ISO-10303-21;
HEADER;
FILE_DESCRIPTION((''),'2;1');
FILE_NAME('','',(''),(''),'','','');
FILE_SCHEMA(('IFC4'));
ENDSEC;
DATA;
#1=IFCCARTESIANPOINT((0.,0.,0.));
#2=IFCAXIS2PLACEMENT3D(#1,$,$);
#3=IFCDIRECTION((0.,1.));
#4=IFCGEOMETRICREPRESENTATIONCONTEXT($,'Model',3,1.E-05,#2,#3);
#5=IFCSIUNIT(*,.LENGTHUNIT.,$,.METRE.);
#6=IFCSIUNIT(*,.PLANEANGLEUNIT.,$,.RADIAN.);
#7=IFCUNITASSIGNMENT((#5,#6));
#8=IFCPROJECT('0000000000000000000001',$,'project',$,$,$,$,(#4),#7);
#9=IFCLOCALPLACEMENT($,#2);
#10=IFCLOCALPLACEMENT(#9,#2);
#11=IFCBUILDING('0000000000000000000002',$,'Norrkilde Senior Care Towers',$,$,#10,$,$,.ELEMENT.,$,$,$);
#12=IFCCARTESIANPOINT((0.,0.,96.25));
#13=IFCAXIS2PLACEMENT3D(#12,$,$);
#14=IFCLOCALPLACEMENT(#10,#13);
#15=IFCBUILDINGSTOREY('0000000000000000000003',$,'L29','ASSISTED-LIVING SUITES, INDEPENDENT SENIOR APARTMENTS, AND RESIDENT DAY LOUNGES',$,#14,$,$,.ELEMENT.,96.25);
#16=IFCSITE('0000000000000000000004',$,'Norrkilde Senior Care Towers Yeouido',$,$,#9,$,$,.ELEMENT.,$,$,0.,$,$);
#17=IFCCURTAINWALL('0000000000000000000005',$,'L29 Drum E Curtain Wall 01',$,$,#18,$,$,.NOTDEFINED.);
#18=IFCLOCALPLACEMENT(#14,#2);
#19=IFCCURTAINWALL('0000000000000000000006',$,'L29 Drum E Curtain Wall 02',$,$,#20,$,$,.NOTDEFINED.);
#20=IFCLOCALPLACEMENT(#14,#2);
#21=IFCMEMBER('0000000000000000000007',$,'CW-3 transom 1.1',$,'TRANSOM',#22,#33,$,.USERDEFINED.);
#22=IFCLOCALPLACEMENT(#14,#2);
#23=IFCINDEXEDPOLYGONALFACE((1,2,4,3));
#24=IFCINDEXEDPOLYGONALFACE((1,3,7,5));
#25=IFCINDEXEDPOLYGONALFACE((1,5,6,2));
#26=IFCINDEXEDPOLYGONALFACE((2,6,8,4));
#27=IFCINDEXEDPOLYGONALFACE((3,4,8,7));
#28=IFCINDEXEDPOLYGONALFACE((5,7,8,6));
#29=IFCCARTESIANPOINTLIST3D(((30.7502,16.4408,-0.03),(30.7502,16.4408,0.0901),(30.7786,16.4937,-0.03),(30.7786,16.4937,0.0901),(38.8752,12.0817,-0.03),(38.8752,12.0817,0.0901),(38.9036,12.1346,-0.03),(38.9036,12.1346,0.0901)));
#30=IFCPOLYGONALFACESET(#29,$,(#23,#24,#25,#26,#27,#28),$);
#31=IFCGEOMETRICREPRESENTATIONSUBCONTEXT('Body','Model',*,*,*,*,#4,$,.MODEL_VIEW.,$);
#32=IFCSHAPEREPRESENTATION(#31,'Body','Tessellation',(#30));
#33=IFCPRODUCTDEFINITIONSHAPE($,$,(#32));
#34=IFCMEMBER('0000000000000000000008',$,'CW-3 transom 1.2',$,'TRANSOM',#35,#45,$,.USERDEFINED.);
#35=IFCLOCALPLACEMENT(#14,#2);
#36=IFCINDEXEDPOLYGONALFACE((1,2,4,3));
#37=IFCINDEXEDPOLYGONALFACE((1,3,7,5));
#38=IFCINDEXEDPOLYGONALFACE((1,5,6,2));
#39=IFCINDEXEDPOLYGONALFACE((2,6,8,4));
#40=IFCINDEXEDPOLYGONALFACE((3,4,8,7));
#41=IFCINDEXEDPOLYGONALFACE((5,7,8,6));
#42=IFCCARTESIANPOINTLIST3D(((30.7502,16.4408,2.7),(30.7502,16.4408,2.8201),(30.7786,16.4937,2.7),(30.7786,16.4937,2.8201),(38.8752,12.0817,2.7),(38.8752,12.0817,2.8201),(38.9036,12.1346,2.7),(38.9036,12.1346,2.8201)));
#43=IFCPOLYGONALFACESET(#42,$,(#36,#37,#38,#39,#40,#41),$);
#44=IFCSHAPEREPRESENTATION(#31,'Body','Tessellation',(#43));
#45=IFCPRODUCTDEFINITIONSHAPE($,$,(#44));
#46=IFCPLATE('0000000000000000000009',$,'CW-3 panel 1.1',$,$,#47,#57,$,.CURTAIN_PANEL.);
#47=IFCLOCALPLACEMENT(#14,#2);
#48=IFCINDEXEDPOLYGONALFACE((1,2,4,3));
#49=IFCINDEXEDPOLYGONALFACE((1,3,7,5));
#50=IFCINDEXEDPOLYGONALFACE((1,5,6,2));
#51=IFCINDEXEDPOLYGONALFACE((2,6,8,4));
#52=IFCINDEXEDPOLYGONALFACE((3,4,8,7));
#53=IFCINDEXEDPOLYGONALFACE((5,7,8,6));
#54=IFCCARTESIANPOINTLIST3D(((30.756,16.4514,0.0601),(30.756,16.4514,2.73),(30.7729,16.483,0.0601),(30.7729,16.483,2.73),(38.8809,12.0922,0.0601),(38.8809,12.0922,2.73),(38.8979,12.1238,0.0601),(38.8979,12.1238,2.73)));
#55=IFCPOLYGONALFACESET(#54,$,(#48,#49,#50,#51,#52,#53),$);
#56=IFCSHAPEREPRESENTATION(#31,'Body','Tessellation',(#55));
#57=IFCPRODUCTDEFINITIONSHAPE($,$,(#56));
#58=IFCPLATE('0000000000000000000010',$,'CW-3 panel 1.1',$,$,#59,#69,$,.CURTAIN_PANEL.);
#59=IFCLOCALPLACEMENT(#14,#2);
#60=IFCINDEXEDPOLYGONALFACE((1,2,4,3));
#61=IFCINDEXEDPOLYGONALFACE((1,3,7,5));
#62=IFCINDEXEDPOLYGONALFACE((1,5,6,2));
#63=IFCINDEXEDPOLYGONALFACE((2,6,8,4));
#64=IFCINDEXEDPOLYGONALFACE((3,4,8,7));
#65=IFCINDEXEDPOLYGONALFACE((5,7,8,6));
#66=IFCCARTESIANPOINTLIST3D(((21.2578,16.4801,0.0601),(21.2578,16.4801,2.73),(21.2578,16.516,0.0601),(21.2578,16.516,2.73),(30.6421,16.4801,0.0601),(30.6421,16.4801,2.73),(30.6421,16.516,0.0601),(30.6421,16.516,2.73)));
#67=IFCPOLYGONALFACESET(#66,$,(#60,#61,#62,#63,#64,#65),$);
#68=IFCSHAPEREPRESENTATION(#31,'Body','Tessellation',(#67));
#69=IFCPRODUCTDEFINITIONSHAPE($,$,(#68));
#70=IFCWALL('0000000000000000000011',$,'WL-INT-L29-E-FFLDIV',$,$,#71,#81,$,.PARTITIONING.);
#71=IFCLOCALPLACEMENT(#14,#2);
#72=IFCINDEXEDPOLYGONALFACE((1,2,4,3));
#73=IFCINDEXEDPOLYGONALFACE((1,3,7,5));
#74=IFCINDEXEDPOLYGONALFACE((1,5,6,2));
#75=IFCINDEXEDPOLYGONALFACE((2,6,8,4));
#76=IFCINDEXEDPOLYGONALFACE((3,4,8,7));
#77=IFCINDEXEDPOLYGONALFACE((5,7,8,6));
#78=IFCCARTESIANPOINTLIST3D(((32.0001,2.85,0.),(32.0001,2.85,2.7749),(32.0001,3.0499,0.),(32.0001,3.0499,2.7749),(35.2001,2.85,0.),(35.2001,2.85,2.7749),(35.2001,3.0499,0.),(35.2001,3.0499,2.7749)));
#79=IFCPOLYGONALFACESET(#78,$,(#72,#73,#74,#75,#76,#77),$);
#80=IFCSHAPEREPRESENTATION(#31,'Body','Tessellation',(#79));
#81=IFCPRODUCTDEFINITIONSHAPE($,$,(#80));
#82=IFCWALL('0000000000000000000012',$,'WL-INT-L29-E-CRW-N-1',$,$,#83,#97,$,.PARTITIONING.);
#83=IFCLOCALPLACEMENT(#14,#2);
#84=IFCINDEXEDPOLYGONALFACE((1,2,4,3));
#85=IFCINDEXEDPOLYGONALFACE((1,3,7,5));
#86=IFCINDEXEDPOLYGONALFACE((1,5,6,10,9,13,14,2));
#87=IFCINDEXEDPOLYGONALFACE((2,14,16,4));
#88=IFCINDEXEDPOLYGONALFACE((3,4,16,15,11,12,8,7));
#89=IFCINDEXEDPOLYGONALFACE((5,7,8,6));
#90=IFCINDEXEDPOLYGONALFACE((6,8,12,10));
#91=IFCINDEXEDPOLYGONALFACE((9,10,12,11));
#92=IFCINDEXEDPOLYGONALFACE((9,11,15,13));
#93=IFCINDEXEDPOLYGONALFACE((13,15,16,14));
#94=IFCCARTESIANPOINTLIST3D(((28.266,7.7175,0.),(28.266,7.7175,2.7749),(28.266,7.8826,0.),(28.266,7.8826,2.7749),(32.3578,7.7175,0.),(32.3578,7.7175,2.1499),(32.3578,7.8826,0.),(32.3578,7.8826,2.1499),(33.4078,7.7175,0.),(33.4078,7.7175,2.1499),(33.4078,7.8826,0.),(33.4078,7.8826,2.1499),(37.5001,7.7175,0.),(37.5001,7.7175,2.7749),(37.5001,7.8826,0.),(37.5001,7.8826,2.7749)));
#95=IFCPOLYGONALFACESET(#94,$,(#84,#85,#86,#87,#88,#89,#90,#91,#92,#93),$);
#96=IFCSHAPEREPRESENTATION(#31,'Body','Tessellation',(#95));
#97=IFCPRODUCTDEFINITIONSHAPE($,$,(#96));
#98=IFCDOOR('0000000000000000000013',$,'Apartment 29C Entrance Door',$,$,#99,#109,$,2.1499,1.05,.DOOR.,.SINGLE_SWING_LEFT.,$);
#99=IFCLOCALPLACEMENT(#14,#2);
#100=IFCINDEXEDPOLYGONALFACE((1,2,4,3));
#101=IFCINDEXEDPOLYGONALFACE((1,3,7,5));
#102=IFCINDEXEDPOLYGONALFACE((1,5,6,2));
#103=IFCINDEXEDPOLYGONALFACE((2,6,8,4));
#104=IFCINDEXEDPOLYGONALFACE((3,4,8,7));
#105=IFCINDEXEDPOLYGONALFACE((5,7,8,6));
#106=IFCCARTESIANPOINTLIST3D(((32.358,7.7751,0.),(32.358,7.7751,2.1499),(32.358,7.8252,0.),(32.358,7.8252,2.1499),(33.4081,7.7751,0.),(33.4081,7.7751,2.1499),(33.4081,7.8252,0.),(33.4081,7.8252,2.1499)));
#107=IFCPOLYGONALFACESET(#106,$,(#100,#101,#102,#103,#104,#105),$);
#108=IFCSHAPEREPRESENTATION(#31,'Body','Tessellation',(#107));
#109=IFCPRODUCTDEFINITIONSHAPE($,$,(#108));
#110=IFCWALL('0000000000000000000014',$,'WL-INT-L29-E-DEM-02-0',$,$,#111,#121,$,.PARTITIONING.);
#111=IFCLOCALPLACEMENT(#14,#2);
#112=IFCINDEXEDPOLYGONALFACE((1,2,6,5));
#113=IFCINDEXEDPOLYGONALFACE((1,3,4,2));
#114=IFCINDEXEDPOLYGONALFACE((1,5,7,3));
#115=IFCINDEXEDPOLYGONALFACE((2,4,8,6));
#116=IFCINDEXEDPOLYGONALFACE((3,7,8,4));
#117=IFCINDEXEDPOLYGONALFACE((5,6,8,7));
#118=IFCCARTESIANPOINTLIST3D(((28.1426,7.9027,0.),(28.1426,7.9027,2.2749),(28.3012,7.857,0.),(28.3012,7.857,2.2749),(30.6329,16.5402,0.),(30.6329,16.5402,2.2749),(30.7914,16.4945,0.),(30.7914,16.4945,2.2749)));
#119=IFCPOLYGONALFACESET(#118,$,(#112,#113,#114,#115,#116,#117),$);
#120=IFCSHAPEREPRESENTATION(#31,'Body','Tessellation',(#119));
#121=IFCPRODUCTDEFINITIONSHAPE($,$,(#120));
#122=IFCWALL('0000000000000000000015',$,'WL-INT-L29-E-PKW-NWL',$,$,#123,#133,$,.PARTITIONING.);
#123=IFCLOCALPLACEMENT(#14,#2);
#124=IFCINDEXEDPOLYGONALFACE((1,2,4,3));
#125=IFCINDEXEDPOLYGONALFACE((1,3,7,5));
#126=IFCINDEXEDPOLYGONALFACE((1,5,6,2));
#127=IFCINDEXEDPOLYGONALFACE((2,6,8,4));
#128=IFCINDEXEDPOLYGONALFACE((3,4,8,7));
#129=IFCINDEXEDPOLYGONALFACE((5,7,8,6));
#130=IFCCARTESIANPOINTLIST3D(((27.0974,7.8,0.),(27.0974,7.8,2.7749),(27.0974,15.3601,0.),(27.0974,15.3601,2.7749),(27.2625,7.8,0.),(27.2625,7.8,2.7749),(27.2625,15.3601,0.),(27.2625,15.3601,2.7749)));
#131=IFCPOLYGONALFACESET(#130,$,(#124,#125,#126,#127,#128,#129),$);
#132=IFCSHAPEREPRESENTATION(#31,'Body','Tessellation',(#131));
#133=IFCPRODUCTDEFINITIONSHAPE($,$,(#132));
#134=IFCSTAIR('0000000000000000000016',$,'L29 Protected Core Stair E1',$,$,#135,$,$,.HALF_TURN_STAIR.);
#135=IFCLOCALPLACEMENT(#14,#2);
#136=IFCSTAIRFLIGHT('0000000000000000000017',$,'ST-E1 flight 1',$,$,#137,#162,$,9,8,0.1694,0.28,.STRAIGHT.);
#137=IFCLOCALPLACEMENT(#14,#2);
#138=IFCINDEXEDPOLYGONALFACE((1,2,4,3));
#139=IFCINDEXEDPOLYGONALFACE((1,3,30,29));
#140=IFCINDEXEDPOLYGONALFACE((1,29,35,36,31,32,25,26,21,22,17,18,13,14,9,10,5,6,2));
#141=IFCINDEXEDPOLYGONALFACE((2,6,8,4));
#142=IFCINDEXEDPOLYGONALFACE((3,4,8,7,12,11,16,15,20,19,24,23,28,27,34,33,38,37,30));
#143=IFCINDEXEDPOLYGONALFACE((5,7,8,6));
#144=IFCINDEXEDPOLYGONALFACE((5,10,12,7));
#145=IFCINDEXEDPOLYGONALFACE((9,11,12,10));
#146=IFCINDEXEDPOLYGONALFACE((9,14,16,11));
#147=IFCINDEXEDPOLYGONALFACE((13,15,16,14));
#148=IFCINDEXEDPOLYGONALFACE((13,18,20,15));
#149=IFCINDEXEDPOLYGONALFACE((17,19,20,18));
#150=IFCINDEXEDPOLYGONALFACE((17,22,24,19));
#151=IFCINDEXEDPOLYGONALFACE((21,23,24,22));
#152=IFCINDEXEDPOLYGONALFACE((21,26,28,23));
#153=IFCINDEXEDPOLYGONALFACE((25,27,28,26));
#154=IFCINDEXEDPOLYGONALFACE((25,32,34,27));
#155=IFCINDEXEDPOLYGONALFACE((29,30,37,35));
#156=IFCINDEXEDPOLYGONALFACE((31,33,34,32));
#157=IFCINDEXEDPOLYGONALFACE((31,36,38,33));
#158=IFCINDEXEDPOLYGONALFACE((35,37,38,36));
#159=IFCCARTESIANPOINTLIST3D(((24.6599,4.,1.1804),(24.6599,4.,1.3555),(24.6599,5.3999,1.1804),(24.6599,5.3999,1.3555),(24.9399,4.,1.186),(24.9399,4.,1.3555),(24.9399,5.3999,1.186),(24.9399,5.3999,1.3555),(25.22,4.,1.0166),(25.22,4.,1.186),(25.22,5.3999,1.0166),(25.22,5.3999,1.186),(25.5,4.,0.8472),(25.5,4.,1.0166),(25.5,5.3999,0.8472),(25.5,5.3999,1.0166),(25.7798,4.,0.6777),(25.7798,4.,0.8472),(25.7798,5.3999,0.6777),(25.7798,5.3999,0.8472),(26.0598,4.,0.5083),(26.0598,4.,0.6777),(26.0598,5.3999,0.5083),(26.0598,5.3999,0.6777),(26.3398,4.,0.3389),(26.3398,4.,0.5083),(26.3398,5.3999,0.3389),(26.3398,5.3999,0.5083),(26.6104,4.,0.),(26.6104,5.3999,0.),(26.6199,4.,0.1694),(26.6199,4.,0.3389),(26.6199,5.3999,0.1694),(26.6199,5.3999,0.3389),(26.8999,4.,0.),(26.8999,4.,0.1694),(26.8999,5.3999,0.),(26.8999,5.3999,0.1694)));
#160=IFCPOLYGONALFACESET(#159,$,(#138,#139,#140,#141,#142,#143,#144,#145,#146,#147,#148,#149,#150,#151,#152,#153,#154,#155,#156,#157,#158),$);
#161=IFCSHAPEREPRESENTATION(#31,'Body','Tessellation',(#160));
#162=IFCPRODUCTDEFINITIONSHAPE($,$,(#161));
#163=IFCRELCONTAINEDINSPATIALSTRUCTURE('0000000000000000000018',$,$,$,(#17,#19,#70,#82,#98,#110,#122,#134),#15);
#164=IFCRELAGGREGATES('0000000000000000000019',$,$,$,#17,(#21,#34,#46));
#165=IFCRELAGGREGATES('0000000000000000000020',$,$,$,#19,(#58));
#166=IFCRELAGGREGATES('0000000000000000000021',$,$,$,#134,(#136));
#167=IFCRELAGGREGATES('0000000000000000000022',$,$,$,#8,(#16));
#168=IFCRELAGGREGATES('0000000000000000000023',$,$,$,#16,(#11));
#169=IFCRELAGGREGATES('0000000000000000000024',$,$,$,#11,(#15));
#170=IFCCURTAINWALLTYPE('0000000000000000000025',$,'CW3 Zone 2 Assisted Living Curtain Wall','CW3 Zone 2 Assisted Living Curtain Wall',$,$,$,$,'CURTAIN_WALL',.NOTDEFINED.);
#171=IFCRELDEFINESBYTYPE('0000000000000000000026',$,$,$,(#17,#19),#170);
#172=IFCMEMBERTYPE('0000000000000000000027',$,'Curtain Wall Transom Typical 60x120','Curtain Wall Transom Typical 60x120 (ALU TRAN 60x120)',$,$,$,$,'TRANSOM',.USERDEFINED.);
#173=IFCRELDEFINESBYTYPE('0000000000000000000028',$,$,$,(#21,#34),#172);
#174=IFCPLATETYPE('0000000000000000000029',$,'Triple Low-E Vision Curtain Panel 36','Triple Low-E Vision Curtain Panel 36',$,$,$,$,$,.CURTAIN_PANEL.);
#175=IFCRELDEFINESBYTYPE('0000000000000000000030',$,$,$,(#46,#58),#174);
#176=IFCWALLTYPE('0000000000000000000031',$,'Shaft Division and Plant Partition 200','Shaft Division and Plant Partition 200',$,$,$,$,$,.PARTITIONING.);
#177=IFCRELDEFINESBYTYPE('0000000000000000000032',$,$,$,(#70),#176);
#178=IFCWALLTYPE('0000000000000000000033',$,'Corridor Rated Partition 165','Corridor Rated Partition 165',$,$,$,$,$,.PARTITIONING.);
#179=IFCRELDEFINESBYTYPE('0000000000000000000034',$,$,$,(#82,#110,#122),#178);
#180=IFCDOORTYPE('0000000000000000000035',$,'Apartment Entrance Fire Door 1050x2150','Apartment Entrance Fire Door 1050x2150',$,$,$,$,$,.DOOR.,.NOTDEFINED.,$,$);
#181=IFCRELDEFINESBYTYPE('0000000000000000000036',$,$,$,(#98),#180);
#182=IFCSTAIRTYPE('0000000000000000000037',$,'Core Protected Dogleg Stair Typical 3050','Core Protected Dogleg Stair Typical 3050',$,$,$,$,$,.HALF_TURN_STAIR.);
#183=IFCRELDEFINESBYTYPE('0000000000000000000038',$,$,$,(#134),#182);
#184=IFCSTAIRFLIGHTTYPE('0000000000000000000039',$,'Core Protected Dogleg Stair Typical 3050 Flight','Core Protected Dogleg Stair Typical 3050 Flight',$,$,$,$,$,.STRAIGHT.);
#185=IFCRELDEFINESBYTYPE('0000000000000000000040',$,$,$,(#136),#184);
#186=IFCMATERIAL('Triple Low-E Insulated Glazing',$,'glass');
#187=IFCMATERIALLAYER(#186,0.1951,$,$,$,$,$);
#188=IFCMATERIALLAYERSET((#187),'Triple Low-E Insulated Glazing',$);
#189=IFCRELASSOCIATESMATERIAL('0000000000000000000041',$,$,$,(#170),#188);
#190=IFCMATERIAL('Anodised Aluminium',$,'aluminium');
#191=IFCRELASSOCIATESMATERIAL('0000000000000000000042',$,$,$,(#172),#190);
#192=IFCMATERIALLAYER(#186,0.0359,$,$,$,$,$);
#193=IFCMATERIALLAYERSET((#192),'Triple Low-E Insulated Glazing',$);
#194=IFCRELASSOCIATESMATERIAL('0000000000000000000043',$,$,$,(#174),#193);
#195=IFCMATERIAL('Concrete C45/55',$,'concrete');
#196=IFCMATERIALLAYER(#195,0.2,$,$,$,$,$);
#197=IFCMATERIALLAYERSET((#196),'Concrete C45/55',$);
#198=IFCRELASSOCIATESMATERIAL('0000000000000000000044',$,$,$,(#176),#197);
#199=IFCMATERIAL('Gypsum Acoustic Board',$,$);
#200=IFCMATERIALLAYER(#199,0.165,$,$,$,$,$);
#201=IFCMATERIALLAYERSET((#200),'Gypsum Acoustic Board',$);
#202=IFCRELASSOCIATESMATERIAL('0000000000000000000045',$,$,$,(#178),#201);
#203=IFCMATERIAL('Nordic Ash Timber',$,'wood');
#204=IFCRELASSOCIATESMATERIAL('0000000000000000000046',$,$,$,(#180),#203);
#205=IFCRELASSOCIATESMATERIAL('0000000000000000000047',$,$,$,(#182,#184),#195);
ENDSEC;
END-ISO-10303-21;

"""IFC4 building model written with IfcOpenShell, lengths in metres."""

from ifc_helpers import new_model, si_unit, direction, frame, frame_2d, origin, origin_2d, place, context, subcontext, project, spatial, polyline, rectangle, outline, extrude, source, transform, mapped, material, layer, layer_set, material_profile, profile_set, type_object, type_shapes, element, fill, aggregate, save


model = new_model("IFC4")

# Units and contexts
model_context = context("Model", 3, precision=1e-05, world=origin(), true_north=direction((0.0, 1.0)))
body_context = subcontext(model_context, "Body", "Model", "MODEL_VIEW")
ifc_project = project(units=[si_unit("LENGTHUNIT", "METRE"), si_unit("PLANEANGLEUNIT", "RADIAN")], contexts=[model_context])

# Site, building, storey
site_placement = place(None, origin())
site = spatial("IfcSite", under=ifc_project, at=site_placement, Name="Norrkilde Senior Care Towers Yeouido", CompositionType="ELEMENT", RefElevation=0.0)
building_placement = place(site_placement, origin())
building = spatial("IfcBuilding", under=site, at=building_placement, Name="Norrkilde Senior Care Towers", CompositionType="ELEMENT")
storey_placement = place(building_placement, frame((0.0, 0.0, 96.25)))
storey = spatial("IfcBuildingStorey", under=building, at=storey_placement, Name="L29", Description="ASSISTED-LIVING SUITES, INDEPENDENT SENIOR APARTMENTS, AND RESIDENT DAY LOUNGES", CompositionType="ELEMENT", Elevation=96.25)

# Curtain walls
ifc_material_1 = material(Name="Triple Low-E Insulated Glazing", Category="glass")
ifc_layer_1 = layer(ifc_material_1, 0.1951)
ifc_layer_set_1 = layer_set([ifc_layer_1], Name="Triple Low-E Insulated Glazing")
curtain_wall_type = type_object("IfcCurtainWallType", Name="CW3 Zone 2 Assisted Living Curtain Wall", Description="CW3 Zone 2 Assisted Living Curtain Wall", ElementType="CURTAIN_WALL", PredefinedType="NOTDEFINED", material=ifc_layer_set_1)
curtain_wall_1_placement = place(storey_placement, origin())
curtain_wall_1 = element("IfcCurtainWall", 1, at=curtain_wall_1_placement, inside=storey, type_object=curtain_wall_type, Name="L29 Drum E Curtain Wall 01", PredefinedType="NOTDEFINED")
ifc_material_2 = material(Name="Anodised Aluminium", Category="aluminium")
curtain_wall_2_placement = place(storey_placement, origin())
curtain_wall_2 = element("IfcCurtainWall", 2, at=curtain_wall_2_placement, inside=storey, type_object=curtain_wall_type, Name="L29 Drum E Curtain Wall 02", PredefinedType="NOTDEFINED")

# Members
ifc_material_profile_1 = material_profile(ifc_material_2, rectangle(XDim=0.0601, YDim=0.1201, at=origin_2d()), Name="ALU TRAN 60x120")
ifc_profile_set_1 = profile_set([ifc_material_profile_1], Name="Anodised Aluminium")
member_type_1 = type_object("IfcMemberType", Name="Curtain Wall Transom Typical 60x120", Description="Curtain Wall Transom Typical 60x120 (ALU TRAN 60x120)", ElementType="TRANSOM", PredefinedType="USERDEFINED", material=ifc_profile_set_1)
shared_shape_1 = source(origin(), body_context, "Body", "SweptSolid", [
    extrude(rectangle(XDim=0.0601, YDim=0.1201, at=origin_2d()), origin(), (0.0, 0.0, 1.0), 9.2205),
])
type_shapes(member_type_1, [shared_shape_1])
member_1_placement = place(storey_placement, frame((30.7644, 16.4673, 0.03), z_axis=(0.881189, -0.472765, 0.0), x_axis=(0.472765, 0.881189, 0.0)))
member_1 = element("IfcMember", 3, at=member_1_placement, type_object=member_type_1, Name="CW-3 transom 1.1", ObjectType="TRANSOM", PredefinedType="USERDEFINED", context=body_context, shape_type="MappedRepresentation", body=[
    mapped(shared_shape_1, transform((0.0, 0.0, 0.0), x_axis=(1.0, 0.0, 0.0), y_axis=(0.0, 1.0, 0.0), z_axis=(0.0, 0.0, 1.0), scale=1.0)),
])
member_2_placement = place(storey_placement, frame((30.7644, 16.4673, 2.76), z_axis=(0.881189, -0.472765, 0.0), x_axis=(0.472765, 0.881189, 0.0)))
member_2 = element("IfcMember", 4, at=member_2_placement, type_object=member_type_1, Name="CW-3 transom 1.2", ObjectType="TRANSOM", PredefinedType="USERDEFINED", context=body_context, shape_type="MappedRepresentation", body=[
    mapped(shared_shape_1, transform((0.0, 0.0, 0.0), x_axis=(1.0, 0.0, 0.0), y_axis=(0.0, 1.0, 0.0), z_axis=(0.0, 0.0, 1.0), scale=1.0)),
])

# Plates
ifc_layer_2 = layer(ifc_material_1, 0.0359)
ifc_layer_set_2 = layer_set([ifc_layer_2], Name="Triple Low-E Insulated Glazing")
plate_type = type_object("IfcPlateType", Name="Triple Low-E Vision Curtain Panel 36", Description="Triple Low-E Vision Curtain Panel 36", PredefinedType="CURTAIN_PANEL", material=ifc_layer_set_2)
shared_shape_2 = source(origin(), body_context, "Body", "SweptSolid", [
    extrude(rectangle(XDim=9.2205, YDim=0.0359, at=origin_2d()), origin(), (0.0, 0.0, 1.0), 2.6699),
])
plate_1_placement = place(storey_placement, frame((34.8269, 14.2876, 0.0601), z_axis=(0.0, 0.0, 1.0), x_axis=(0.881186, -0.472769, 0.0)))
plate_1 = element("IfcPlate", 5, at=plate_1_placement, type_object=plate_type, Name="CW-3 panel 1.1", PredefinedType="CURTAIN_PANEL", context=body_context, shape_type="MappedRepresentation", body=[
    mapped(shared_shape_2, transform((0.0, 0.0, 0.0), x_axis=(1.0, 0.0, 0.0), y_axis=(0.0, 1.0, 0.0), z_axis=(0.0, 0.0, 1.0), scale=1.0)),
])
aggregate(curtain_wall_1, [member_1, member_2, plate_1])
shared_shape_3 = source(origin(), body_context, "Body", "SweptSolid", [
    extrude(rectangle(XDim=9.3843, YDim=0.0359, at=origin_2d()), origin(), (0.0, 0.0, 1.0), 2.6699),
])
type_shapes(plate_type, [shared_shape_2, shared_shape_3])
plate_2_placement = place(storey_placement, frame((25.95, 16.498, 0.0601), z_axis=(0.0, 0.0, 1.0), x_axis=(1.0, 0.0, 0.0)))
plate_2 = element("IfcPlate", 6, at=plate_2_placement, type_object=plate_type, Name="CW-3 panel 1.1", PredefinedType="CURTAIN_PANEL", context=body_context, shape_type="MappedRepresentation", body=[
    mapped(shared_shape_3, transform((0.0, 0.0, 0.0), x_axis=(1.0, 0.0, 0.0), y_axis=(0.0, 1.0, 0.0), z_axis=(0.0, 0.0, 1.0), scale=1.0)),
])
aggregate(curtain_wall_2, [plate_2])

# Wall
ifc_material_3 = material(Name="Concrete C45/55", Category="concrete")
ifc_layer_3 = layer(ifc_material_3, 0.2)
ifc_layer_set_3 = layer_set([ifc_layer_3], Name="Concrete C45/55")
wall_type_1 = type_object("IfcWallType", Name="Shaft Division and Plant Partition 200", Description="Shaft Division and Plant Partition 200", PredefinedType="PARTITIONING", material=ifc_layer_set_3)
shared_shape_4 = source(origin(), body_context, "Body", "SweptSolid", [
    extrude(rectangle(XDim=3.2, YDim=0.2, at=frame_2d((1.6001, 0.0))), origin(), (0.0, 0.0, 1.0), 2.7749),
])
type_shapes(wall_type_1, [shared_shape_4])
wall_1_placement = place(storey_placement, frame((32.0, 2.95, 0.0), z_axis=(0.0, 0.0, 1.0), x_axis=(1.0, 0.0, 0.0)))
element("IfcWall", 7, at=wall_1_placement, inside=storey, type_object=wall_type_1, Name="WL-INT-L29-E-FFLDIV", PredefinedType="PARTITIONING", context=body_context, shape_type="MappedRepresentation", body=[
    mapped(shared_shape_4, transform((0.0, 0.0, 0.0), x_axis=(1.0, 0.0, 0.0), y_axis=(0.0, 1.0, 0.0), z_axis=(0.0, 0.0, 1.0), scale=1.0)),
])

# Wall, opening, door
ifc_material_4 = material(Name="Gypsum Acoustic Board")
ifc_layer_4 = layer(ifc_material_4, 0.165)
ifc_layer_set_4 = layer_set([ifc_layer_4], Name="Gypsum Acoustic Board")
wall_type_2 = type_object("IfcWallType", Name="Corridor Rated Partition 165", Description="Corridor Rated Partition 165", PredefinedType="PARTITIONING", material=ifc_layer_set_4)
shared_shape_5 = source(origin(), body_context, "Body", "SweptSolid", [
    extrude(rectangle(XDim=9.2341, YDim=0.165, at=frame_2d((4.6172, 0.0))), origin(), (0.0, 0.0, 1.0), 2.7749),
])
wall_2_placement = place(storey_placement, frame((28.2659, 7.8, 0.0), z_axis=(0.0, 0.0, 1.0), x_axis=(1.0, 0.0, 0.0)))
wall_2 = element("IfcWall", 8, at=wall_2_placement, inside=storey, type_object=wall_type_2, Name="WL-INT-L29-E-CRW-N-1", PredefinedType="PARTITIONING", context=body_context, shape_type="MappedRepresentation", body=[
    mapped(shared_shape_5, transform((0.0, 0.0, 0.0), x_axis=(1.0, 0.0, 0.0), y_axis=(0.0, 1.0, 0.0), z_axis=(0.0, 0.0, 1.0), scale=1.0)),
])
opening_1_placement = place(wall_2_placement, frame((4.092, 0.0, 0.0)))
opening_1 = element("IfcOpeningElement", 9, at=opening_1_placement, cuts=wall_2, PredefinedType="OPENING", context=body_context, shape_type="SweptSolid", body=[
    extrude(rectangle(XDim=1.05, YDim=2.1499, at=frame_2d((0.5249, 1.075))), frame((0.0, 0.0925, 0.0), z_axis=(0.0, -1.0, 0.0), x_axis=(1.0, 0.0, 0.0)), (0.0, 0.0, 1.0), 0.1851),
])
ifc_material_5 = material(Name="Nordic Ash Timber", Category="wood")
door_type_1 = type_object("IfcDoorType", Name="Apartment Entrance Fire Door 1050x2150", Description="Apartment Entrance Fire Door 1050x2150", OperationType="NOTDEFINED", PredefinedType="DOOR", material=ifc_material_5)
shared_shape_6 = source(origin(), body_context, "Body", "SweptSolid", [
    extrude(rectangle(XDim=1.05, YDim=2.1499, at=frame_2d((0.5249, 1.075))), frame((0.0, 0.0249, 0.0), z_axis=(0.0, -1.0, 0.0), x_axis=(1.0, 0.0, 0.0)), (0.0, 0.0, 1.0), 0.05),
])
type_shapes(door_type_1, [shared_shape_6])
door_1_placement = place(opening_1_placement, frame((1.05, 0.0, 0.0), z_axis=(0.0, 0.0, 1.0), x_axis=(-1.0, 0.0, 0.0)))
door_1 = element("IfcDoor", 10, at=door_1_placement, inside=storey, type_object=door_type_1, Name="Apartment 29C Entrance Door", OperationType="SINGLE_SWING_LEFT", OverallHeight=2.1499, OverallWidth=1.05, PredefinedType="DOOR", context=body_context, shape_type="MappedRepresentation", body=[
    mapped(shared_shape_6, transform((0.0, 0.0, 0.0), x_axis=(1.0, 0.0, 0.0), y_axis=(0.0, 1.0, 0.0), z_axis=(0.0, 0.0, 1.0), scale=1.0)),
])
fill(opening_1, door_1)

# Walls
shared_shape_7 = source(origin(), body_context, "Body", "SweptSolid", [
    extrude(rectangle(XDim=8.9893, YDim=0.165, at=frame_2d((4.4946, 0.0))), origin(), (0.0, 0.0, 1.0), 2.2749),
])
wall_3_placement = place(storey_placement, frame((28.2219, 7.8799, 0.0), z_axis=(0.0, 0.0, 1.0), x_axis=(0.277023, 0.960863, 0.0)))
element("IfcWall", 11, at=wall_3_placement, inside=storey, type_object=wall_type_2, Name="WL-INT-L29-E-DEM-02-0", PredefinedType="PARTITIONING", context=body_context, shape_type="MappedRepresentation", body=[
    mapped(shared_shape_7, transform((0.0, 0.0, 0.0), x_axis=(1.0, 0.0, 0.0), y_axis=(0.0, 1.0, 0.0), z_axis=(0.0, 0.0, 1.0), scale=1.0)),
])
shared_shape_8 = source(origin(), body_context, "Body", "SweptSolid", [
    extrude(rectangle(XDim=7.5601, YDim=0.165, at=frame_2d((3.78, 0.0))), origin(), (0.0, 0.0, 1.0), 2.7749),
])
type_shapes(wall_type_2, [shared_shape_5, shared_shape_7, shared_shape_8])
wall_4_placement = place(storey_placement, frame((27.1799, 7.8, 0.0), z_axis=(0.0, 0.0, 1.0), x_axis=(0.0, 1.0, 0.0)))
element("IfcWall", 12, at=wall_4_placement, inside=storey, type_object=wall_type_2, Name="WL-INT-L29-E-PKW-NWL", PredefinedType="PARTITIONING", context=body_context, shape_type="MappedRepresentation", body=[
    mapped(shared_shape_8, transform((0.0, 0.0, 0.0), x_axis=(1.0, 0.0, 0.0), y_axis=(0.0, 1.0, 0.0), z_axis=(0.0, 0.0, 1.0), scale=1.0)),
])

# Stair, stair flight
stair_type = type_object("IfcStairType", Name="Core Protected Dogleg Stair Typical 3050", Description="Core Protected Dogleg Stair Typical 3050", PredefinedType="HALF_TURN_STAIR", material=ifc_material_3)
stair_placement = place(storey_placement, origin())
stair = element("IfcStair", 13, at=stair_placement, inside=storey, type_object=stair_type, Name="L29 Protected Core Stair E1", PredefinedType="HALF_TURN_STAIR")
stair_flight_type = type_object("IfcStairFlightType", Name="Core Protected Dogleg Stair Typical 3050 Flight", Description="Core Protected Dogleg Stair Typical 3050 Flight", PredefinedType="STRAIGHT", material=ifc_material_3)
stair_flight_placement = place(storey_placement, frame((26.8999, 4.7, 0.0), z_axis=(0.0, 0.0, 1.0), x_axis=(-1.0, 0.0, 0.0)))
stair_flight = element("IfcStairFlight", 14, at=stair_flight_placement, type_object=stair_flight_type, Name="ST-E1 flight 1", NumberOfRisers=9, NumberOfTreads=8, PredefinedType="STRAIGHT", RiserHeight=0.1694, TreadLength=0.28, context=body_context, shape_type="SweptSolid", body=[
    extrude(outline(polyline([(0.0, 0.0), (0.0, 0.1694), (0.28, 0.1694), (0.28, 0.3389), (0.5601, 0.3389), (0.5601, 0.5083), (0.8401, 0.5083), (0.8401, 0.6777), (1.1201, 0.6777), (1.1201, 0.8472), (1.3999, 0.8472), (1.3999, 1.0166), (1.6799, 1.0166), (1.6799, 1.186), (1.96, 1.186), (1.96, 1.3555), (2.24, 1.3555), (2.24, 1.5249), (2.24, 1.1804), (0.2896, 0.0), (0.0, 0.0)])), frame((0.0, 0.7, 0.0), z_axis=(0.0, -1.0, 0.0), x_axis=(1.0, 0.0, 0.0)), (0.0, 0.0, 1.0), 1.3999),
])
aggregate(stair, [stair_flight])

save(model, "model.ifc")
